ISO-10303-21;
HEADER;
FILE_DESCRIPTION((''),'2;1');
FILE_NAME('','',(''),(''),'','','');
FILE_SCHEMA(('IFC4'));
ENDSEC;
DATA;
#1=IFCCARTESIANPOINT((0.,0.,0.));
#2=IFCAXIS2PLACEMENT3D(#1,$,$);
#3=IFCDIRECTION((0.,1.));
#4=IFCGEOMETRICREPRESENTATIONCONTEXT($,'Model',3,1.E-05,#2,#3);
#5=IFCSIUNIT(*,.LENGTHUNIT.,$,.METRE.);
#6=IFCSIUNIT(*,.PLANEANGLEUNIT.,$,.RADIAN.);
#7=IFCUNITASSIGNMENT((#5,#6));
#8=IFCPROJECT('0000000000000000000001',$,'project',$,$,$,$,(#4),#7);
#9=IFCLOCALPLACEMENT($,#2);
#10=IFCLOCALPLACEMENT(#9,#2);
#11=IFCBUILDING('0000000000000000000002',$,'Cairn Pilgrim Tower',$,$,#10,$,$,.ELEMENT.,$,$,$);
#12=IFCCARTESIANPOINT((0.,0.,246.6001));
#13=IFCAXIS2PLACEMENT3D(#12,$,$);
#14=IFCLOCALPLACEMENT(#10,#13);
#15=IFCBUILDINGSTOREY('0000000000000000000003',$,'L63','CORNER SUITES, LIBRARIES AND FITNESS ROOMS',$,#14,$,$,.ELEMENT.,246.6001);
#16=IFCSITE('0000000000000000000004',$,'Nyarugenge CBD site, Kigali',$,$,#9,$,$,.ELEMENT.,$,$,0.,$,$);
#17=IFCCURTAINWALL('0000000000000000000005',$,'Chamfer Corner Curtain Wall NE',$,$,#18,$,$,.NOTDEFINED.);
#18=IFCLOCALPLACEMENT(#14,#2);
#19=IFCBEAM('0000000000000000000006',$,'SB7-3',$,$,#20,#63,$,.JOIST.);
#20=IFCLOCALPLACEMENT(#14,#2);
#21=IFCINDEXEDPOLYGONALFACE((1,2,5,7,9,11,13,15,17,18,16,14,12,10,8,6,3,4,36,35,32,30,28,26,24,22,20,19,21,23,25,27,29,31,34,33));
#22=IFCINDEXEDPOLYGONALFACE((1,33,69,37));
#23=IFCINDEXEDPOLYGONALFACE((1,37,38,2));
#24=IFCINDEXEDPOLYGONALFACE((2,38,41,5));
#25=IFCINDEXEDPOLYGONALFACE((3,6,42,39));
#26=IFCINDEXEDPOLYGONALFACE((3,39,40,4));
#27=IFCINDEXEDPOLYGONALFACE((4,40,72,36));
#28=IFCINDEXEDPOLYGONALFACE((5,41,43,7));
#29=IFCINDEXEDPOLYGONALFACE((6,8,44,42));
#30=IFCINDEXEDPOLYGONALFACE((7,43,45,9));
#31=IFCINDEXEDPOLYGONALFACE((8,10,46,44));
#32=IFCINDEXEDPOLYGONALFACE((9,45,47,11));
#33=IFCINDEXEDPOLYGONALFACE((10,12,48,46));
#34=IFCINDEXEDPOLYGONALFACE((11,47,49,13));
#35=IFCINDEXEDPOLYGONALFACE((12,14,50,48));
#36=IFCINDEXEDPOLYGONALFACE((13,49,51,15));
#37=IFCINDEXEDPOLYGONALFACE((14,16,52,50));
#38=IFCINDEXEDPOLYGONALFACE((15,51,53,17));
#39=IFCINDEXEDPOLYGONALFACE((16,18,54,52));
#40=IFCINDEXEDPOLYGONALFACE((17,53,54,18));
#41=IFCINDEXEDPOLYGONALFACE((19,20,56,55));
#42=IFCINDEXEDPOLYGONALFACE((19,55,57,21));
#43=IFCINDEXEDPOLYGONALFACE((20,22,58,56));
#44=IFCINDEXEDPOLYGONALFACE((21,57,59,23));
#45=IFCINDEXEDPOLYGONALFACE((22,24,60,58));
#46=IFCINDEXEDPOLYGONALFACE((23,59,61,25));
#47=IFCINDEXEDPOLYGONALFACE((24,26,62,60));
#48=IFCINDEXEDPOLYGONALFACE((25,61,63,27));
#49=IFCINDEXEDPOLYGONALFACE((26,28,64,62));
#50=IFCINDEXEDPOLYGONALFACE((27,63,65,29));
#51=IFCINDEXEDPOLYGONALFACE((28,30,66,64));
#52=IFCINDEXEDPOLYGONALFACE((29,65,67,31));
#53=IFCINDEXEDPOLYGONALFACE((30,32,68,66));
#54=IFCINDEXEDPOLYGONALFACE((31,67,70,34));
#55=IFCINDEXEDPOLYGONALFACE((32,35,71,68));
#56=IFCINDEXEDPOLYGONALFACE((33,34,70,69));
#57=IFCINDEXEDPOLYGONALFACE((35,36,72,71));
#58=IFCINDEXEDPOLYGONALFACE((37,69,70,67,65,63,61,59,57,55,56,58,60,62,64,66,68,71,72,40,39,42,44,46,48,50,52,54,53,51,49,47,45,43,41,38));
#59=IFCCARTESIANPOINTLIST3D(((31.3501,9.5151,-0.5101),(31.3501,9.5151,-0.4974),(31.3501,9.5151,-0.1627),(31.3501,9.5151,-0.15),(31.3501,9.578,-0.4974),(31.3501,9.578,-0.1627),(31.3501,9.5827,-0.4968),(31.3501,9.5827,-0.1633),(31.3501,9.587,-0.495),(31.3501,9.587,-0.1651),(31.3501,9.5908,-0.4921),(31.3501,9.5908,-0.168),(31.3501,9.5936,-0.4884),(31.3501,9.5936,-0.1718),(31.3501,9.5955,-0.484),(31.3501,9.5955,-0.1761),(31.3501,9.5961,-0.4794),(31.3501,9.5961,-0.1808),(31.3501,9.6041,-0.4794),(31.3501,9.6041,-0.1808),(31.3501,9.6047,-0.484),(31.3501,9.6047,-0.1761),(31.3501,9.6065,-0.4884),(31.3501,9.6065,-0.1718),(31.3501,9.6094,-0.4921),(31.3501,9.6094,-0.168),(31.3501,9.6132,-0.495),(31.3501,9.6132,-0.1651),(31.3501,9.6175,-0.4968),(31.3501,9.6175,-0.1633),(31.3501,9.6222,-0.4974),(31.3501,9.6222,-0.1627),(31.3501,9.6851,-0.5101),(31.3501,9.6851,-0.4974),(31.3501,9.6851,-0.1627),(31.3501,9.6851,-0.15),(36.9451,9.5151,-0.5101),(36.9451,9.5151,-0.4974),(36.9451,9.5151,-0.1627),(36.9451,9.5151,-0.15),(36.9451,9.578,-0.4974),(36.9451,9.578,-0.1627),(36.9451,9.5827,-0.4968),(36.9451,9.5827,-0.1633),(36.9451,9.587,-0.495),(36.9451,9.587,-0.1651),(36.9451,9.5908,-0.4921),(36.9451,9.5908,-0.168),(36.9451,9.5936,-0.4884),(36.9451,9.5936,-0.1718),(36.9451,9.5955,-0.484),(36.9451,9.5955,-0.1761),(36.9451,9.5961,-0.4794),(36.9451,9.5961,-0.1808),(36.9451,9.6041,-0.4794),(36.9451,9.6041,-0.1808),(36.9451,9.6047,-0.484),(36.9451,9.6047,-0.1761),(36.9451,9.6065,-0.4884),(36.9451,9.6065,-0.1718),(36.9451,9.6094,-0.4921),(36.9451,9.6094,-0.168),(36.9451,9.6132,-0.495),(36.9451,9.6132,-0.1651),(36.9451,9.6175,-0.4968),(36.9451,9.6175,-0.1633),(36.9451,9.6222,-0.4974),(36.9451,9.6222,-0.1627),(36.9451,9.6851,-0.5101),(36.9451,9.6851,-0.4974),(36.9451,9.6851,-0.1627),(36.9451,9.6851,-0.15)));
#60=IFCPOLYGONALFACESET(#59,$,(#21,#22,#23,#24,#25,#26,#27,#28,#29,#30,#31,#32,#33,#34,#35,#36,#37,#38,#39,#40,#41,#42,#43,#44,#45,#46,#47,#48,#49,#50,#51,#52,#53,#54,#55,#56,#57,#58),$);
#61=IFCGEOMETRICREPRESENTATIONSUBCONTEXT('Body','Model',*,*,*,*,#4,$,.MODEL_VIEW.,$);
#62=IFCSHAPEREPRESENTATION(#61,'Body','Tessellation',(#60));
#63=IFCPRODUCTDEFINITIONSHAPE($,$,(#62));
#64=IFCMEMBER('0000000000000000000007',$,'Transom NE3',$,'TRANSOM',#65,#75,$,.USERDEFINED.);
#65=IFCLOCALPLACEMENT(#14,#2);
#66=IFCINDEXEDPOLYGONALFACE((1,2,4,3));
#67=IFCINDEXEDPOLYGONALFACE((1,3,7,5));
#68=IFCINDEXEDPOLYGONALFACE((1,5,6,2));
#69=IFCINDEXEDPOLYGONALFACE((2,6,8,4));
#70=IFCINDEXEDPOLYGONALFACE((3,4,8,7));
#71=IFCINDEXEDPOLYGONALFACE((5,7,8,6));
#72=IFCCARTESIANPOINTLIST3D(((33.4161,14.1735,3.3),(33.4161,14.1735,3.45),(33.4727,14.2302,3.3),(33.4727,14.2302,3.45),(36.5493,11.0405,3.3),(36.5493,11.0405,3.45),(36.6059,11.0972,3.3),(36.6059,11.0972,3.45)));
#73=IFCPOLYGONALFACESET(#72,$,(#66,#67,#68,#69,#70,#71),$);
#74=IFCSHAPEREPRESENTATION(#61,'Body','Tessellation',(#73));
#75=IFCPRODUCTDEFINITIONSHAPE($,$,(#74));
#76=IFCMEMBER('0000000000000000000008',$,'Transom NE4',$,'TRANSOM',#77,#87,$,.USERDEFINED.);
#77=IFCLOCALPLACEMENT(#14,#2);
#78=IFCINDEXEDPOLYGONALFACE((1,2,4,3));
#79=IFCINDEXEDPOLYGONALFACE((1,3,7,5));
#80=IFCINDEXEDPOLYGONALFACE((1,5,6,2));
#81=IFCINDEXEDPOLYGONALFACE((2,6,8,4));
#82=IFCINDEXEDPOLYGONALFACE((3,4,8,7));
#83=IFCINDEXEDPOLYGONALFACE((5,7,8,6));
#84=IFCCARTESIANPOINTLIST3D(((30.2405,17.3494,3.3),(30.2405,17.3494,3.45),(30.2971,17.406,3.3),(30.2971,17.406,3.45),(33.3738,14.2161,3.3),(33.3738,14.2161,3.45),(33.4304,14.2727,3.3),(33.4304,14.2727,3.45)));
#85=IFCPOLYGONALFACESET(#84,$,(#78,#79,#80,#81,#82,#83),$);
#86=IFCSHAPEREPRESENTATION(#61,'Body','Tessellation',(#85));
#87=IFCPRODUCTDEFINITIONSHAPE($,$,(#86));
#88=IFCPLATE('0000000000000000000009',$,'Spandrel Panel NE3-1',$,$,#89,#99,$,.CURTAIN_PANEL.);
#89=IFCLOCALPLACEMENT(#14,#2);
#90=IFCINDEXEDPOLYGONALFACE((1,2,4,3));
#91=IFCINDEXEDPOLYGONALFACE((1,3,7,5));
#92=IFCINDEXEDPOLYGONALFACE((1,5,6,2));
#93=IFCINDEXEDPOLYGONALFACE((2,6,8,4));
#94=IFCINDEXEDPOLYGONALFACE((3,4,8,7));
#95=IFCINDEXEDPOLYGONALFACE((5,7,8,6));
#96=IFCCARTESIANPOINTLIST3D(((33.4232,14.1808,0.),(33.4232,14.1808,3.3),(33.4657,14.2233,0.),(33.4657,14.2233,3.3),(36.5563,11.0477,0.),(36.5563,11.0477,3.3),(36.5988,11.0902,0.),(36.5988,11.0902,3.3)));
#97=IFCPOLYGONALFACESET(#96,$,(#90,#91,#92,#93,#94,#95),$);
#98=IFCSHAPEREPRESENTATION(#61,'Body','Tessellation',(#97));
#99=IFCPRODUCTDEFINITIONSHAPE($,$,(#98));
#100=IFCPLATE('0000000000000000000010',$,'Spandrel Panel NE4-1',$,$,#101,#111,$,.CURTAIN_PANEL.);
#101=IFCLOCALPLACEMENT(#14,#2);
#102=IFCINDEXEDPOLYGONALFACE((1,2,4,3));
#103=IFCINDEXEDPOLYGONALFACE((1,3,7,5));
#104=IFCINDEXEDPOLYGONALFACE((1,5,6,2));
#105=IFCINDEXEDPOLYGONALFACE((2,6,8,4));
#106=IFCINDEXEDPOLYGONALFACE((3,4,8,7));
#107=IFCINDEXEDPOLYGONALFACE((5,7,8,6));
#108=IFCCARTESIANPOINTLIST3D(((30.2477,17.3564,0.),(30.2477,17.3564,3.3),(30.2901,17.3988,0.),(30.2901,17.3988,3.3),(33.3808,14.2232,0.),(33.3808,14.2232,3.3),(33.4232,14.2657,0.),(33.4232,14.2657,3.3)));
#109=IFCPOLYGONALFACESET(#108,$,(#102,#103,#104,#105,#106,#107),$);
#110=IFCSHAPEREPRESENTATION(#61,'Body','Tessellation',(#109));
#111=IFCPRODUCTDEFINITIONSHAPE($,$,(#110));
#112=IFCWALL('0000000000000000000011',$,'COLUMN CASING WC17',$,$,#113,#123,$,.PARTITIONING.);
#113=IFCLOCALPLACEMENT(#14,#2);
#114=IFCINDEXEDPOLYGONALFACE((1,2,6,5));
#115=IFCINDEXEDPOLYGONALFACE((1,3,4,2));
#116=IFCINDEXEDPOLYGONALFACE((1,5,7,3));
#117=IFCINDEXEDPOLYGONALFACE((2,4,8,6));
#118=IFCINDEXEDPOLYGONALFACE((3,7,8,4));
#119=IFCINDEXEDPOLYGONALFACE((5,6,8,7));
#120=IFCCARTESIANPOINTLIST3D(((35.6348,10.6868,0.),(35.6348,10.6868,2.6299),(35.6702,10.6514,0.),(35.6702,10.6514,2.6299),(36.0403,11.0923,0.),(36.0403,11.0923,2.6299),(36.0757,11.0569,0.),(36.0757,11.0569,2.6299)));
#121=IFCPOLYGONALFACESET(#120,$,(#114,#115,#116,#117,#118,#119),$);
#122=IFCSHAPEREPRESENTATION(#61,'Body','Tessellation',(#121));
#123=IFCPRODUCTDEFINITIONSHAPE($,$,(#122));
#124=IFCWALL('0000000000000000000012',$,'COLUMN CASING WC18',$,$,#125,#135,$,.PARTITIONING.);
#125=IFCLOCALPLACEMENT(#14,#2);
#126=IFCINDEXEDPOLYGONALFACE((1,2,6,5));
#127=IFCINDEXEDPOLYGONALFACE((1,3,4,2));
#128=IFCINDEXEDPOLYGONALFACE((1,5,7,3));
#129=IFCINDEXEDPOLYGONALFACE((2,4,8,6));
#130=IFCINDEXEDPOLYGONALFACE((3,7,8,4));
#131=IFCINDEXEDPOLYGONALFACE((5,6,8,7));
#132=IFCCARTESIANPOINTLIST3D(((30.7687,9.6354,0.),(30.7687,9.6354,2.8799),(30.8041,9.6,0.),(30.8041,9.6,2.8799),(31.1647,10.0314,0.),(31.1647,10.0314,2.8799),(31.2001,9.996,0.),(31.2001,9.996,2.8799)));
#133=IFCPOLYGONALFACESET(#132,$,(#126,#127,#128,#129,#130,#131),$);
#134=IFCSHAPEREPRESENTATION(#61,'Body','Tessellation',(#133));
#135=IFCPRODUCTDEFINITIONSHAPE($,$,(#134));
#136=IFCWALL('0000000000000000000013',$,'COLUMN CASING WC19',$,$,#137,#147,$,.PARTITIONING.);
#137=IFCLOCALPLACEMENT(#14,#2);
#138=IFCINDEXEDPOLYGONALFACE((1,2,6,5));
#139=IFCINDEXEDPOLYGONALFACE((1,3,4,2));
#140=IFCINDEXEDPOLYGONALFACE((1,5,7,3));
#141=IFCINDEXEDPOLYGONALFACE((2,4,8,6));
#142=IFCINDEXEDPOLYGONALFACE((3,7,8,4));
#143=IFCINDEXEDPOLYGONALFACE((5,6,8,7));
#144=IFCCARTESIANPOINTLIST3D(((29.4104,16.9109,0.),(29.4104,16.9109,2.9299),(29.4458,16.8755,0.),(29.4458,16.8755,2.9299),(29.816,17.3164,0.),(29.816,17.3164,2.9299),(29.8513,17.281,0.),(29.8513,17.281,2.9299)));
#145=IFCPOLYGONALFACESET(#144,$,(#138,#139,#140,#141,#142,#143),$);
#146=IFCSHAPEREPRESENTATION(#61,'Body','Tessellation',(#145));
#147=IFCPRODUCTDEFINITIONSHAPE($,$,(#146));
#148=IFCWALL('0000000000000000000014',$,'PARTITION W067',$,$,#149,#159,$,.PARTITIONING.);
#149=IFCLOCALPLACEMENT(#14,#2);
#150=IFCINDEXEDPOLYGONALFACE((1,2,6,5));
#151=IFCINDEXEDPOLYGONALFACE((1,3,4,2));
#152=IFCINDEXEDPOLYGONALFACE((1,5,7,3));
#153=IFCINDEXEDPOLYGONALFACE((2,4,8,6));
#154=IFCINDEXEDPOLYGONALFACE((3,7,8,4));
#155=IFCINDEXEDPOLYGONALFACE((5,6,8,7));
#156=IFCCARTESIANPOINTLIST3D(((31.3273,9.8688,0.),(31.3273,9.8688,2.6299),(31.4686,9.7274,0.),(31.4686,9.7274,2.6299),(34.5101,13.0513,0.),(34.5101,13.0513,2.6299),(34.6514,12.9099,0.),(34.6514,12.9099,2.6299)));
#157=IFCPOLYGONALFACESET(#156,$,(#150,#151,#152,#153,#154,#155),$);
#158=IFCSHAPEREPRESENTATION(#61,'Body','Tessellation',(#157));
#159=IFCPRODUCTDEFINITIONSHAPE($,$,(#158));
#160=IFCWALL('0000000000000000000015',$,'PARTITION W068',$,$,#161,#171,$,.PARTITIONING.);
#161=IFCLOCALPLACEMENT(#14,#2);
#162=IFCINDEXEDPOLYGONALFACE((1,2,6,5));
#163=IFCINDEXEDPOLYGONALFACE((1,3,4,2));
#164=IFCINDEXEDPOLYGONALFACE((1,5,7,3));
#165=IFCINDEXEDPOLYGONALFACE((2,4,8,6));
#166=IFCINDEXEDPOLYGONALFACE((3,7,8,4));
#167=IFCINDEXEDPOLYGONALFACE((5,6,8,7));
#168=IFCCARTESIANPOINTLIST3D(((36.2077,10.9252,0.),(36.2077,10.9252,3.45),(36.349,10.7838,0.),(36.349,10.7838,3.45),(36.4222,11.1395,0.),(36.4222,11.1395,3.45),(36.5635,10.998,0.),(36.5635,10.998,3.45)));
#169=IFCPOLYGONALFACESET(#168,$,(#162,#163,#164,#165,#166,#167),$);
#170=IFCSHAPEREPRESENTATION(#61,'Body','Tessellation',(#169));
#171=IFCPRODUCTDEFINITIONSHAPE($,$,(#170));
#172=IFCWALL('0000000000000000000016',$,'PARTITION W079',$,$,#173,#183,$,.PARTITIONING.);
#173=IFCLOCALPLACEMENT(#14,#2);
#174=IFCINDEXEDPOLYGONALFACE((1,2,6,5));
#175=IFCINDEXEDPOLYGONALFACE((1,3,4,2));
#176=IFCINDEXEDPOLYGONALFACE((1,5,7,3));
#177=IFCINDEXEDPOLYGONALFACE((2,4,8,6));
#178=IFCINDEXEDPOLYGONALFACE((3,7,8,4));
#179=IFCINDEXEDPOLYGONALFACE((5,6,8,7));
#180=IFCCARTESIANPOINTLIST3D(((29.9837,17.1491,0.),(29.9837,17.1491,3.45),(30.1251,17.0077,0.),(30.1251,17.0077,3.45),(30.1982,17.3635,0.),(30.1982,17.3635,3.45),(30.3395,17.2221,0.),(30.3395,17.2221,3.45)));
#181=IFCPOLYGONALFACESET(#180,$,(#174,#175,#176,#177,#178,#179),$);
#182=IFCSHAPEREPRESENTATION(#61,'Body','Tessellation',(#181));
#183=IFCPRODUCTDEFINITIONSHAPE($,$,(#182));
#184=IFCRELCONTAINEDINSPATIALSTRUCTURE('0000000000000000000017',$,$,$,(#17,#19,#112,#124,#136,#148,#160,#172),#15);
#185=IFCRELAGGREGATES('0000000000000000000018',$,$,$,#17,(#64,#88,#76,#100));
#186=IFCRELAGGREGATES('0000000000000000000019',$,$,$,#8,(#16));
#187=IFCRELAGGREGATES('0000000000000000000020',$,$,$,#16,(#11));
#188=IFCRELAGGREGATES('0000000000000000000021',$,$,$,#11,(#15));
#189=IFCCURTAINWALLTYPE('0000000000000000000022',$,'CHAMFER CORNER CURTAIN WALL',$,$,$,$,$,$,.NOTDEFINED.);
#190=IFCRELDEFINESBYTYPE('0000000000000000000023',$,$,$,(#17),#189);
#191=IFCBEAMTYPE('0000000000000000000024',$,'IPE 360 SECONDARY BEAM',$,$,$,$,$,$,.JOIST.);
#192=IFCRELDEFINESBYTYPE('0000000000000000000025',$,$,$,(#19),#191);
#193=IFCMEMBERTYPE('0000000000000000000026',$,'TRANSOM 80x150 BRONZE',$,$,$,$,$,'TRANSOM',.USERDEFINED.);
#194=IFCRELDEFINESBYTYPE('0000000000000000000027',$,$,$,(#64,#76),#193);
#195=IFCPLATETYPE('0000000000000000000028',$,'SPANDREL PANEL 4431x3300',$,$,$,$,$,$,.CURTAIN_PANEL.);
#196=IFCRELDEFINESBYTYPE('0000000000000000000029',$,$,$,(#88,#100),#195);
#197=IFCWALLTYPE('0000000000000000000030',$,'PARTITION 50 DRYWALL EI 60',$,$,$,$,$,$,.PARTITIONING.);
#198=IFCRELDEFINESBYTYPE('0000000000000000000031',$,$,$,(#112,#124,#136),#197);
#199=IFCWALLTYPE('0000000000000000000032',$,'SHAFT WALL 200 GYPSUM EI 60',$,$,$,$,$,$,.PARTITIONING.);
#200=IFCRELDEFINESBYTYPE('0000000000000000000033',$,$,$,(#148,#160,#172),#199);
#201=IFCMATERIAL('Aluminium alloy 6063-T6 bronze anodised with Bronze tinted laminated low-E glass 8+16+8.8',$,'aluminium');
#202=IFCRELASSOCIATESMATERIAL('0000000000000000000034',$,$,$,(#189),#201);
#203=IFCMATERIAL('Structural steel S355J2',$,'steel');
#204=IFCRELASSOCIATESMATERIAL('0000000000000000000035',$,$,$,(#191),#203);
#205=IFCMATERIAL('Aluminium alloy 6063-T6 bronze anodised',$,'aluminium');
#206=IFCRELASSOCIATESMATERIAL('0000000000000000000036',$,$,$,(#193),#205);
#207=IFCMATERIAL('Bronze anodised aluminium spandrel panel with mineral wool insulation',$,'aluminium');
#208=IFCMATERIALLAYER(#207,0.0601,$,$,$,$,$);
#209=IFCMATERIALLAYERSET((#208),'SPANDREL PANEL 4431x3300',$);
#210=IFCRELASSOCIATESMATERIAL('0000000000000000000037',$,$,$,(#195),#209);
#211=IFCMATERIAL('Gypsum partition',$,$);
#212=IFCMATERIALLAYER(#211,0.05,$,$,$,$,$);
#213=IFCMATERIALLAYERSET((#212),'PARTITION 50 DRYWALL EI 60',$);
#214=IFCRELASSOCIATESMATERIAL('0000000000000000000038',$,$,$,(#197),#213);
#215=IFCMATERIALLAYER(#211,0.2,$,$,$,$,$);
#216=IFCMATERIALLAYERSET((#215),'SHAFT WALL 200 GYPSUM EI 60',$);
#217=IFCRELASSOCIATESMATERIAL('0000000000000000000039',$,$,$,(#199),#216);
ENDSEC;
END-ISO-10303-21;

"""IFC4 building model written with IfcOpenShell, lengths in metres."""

from ifc_helpers import new_model, si_unit, direction, frame, frame_2d, origin, origin_2d, place, context, subcontext, project, spatial, rectangle, i_section, extrude, material, layer, layer_set, material_profile, profile_set, type_object, element, aggregate, save


model = new_model("IFC4")

# Units and contexts
model_context = context("Model", 3, precision=1e-05, world=origin(), true_north=direction((0.0, 1.0)))
body_context = subcontext(model_context, "Body", "Model", "MODEL_VIEW")
ifc_project = project(units=[si_unit("LENGTHUNIT", "METRE"), si_unit("PLANEANGLEUNIT", "RADIAN")], contexts=[model_context])

# Site, building, storey
site_placement = place(None, origin())
site = spatial("IfcSite", under=ifc_project, at=site_placement, Name="Nyarugenge CBD site, Kigali", CompositionType="ELEMENT", RefElevation=0.0)
building_placement = place(site_placement, origin())
building = spatial("IfcBuilding", under=site, at=building_placement, Name="Cairn Pilgrim Tower", CompositionType="ELEMENT")
storey_placement = place(building_placement, frame((0.0, 0.0, 246.6001)))
storey = spatial("IfcBuildingStorey", under=building, at=storey_placement, Name="L63", Description="CORNER SUITES, LIBRARIES AND FITNESS ROOMS", CompositionType="ELEMENT", Elevation=246.6001)

# Shared definitions
ifc_material_1 = material(Name="Structural steel S355J2", Category="steel")

# Curtain wall
ifc_material_2 = material(Name="Aluminium alloy 6063-T6 bronze anodised with Bronze tinted laminated low-E glass 8+16+8.8", Category="aluminium")
curtain_wall_type = type_object("IfcCurtainWallType", Name="CHAMFER CORNER CURTAIN WALL", PredefinedType="NOTDEFINED", material=ifc_material_2)
curtain_wall_placement = place(storey_placement, origin())
curtain_wall = element("IfcCurtainWall", 1, at=curtain_wall_placement, inside=storey, type_object=curtain_wall_type, Name="Chamfer Corner Curtain Wall NE", PredefinedType="NOTDEFINED")
ifc_material_3 = material(Name="Aluminium alloy 6063-T6 bronze anodised", Category="aluminium")

# Beam
ifc_material_profile_1 = material_profile(ifc_material_1, i_section(OverallWidth=0.1699, OverallDepth=0.3601, WebThickness=0.0081, FlangeThickness=0.0127, FilletRadius=0.0181, at=origin_2d()), Name="IPE 360")
ifc_profile_set_1 = profile_set([ifc_material_profile_1], Name="Structural steel S355J2")
beam_type_1 = type_object("IfcBeamType", Name="IPE 360 SECONDARY BEAM", PredefinedType="JOIST", material=ifc_profile_set_1)
beam_1_placement = place(storey_placement, frame((31.3501, 9.6001, -0.3301), z_axis=(1.0, 0.0, 0.0), x_axis=(0.0, 1.0, 0.0)))
element("IfcBeam", 2, at=beam_1_placement, inside=storey, type_object=beam_type_1, Name="SB7-3", PredefinedType="JOIST", context=body_context, shape_type="SweptSolid", body=[
    extrude(i_section(OverallWidth=0.1699, OverallDepth=0.3601, WebThickness=0.0081, FlangeThickness=0.0127, FilletRadius=0.0181, at=origin_2d()), origin(), (0.0, 0.0, 1.0), 5.595),
])

# Members
ifc_material_profile_2 = material_profile(ifc_material_3, rectangle(XDim=0.0801, YDim=0.1499, at=origin_2d()), Name="TRANSOM 80x150 BRONZE")
ifc_profile_set_2 = profile_set([ifc_material_profile_2], Name="Aluminium alloy 6063-T6 bronze anodised")
member_type_1 = type_object("IfcMemberType", Name="TRANSOM 80x150 BRONZE", ElementType="TRANSOM", PredefinedType="USERDEFINED", material=ifc_profile_set_2)
member_1_placement = place(storey_placement, frame((36.5776, 11.0688, 3.375), z_axis=(-0.707134, 0.707079, 0.0), x_axis=(-0.707079, -0.707134, 0.0)))
member_1 = element("IfcMember", 3, at=member_1_placement, type_object=member_type_1, Name="Transom NE3", ObjectType="TRANSOM", PredefinedType="USERDEFINED", context=body_context, shape_type="SweptSolid", body=[
    extrude(rectangle(XDim=0.0801, YDim=0.1499, at=origin_2d()), origin(), (0.0, 0.0, 1.0), 4.4309),
])
member_2_placement = place(storey_placement, frame((33.4021, 14.2444, 3.375), z_axis=(-0.707107, 0.707107, 0.0), x_axis=(-0.707107, -0.707107, 0.0)))
member_2 = element("IfcMember", 4, at=member_2_placement, type_object=member_type_1, Name="Transom NE4", ObjectType="TRANSOM", PredefinedType="USERDEFINED", context=body_context, shape_type="SweptSolid", body=[
    extrude(rectangle(XDim=0.0801, YDim=0.1499, at=origin_2d()), origin(), (0.0, 0.0, 1.0), 4.4312),
])

# Plates
ifc_material_4 = material(Name="Bronze anodised aluminium spandrel panel with mineral wool insulation", Category="aluminium")
ifc_layer_1 = layer(ifc_material_4, 0.0601)
ifc_layer_set_1 = layer_set([ifc_layer_1], Name="SPANDREL PANEL 4431x3300")
plate_type = type_object("IfcPlateType", Name="SPANDREL PANEL 4431x3300", PredefinedType="CURTAIN_PANEL", material=ifc_layer_set_1)
plate_1_placement = place(storey_placement, frame((35.011, 12.6355, 0.0), z_axis=(0.0, 0.0, 1.0), x_axis=(-0.707107, 0.707107, 0.0)))
plate_1 = element("IfcPlate", 5, at=plate_1_placement, type_object=plate_type, Name="Spandrel Panel NE3-1", PredefinedType="CURTAIN_PANEL", context=body_context, shape_type="SweptSolid", body=[
    extrude(rectangle(XDim=4.4309, YDim=0.0601, at=origin_2d()), origin(), (0.0, 0.0, 1.0), 3.3),
])
plate_2_placement = place(storey_placement, frame((31.8354, 15.811, 0.0), z_axis=(0.0, 0.0, 1.0), x_axis=(-0.707107, 0.707107, 0.0)))
plate_2 = element("IfcPlate", 6, at=plate_2_placement, type_object=plate_type, Name="Spandrel Panel NE4-1", PredefinedType="CURTAIN_PANEL", context=body_context, shape_type="SweptSolid", body=[
    extrude(rectangle(XDim=4.4309, YDim=0.0601, at=origin_2d()), origin(), (0.0, 0.0, 1.0), 3.3),
])
aggregate(curtain_wall, [member_1, plate_1, member_2, plate_2])

# Walls
ifc_material_5 = material(Name="Gypsum partition")
ifc_layer_2 = layer(ifc_material_5, 0.05)
ifc_layer_set_2 = layer_set([ifc_layer_2], Name="PARTITION 50 DRYWALL EI 60")
wall_type_1 = type_object("IfcWallType", Name="PARTITION 50 DRYWALL EI 60", PredefinedType="PARTITIONING", material=ifc_layer_set_2)
wall_1_placement = place(storey_placement, frame((35.6526, 10.6692, 0.0), z_axis=(0.0, 0.0, 1.0), x_axis=(0.707107, 0.707107, 0.0)))
element("IfcWall", 7, at=wall_1_placement, inside=storey, type_object=wall_type_1, Name="COLUMN CASING WC17", PredefinedType="PARTITIONING", context=body_context, shape_type="SweptSolid", body=[
    extrude(rectangle(XDim=0.5735, YDim=0.05, at=frame_2d((0.2866, 0.0))), origin(), (0.0, 0.0, 1.0), 2.6299),
])
wall_2_placement = place(storey_placement, frame((30.7864, 9.6177, 0.0), z_axis=(0.0, 0.0, 1.0), x_axis=(0.707107, 0.707107, 0.0)))
element("IfcWall", 8, at=wall_2_placement, inside=storey, type_object=wall_type_1, Name="COLUMN CASING WC18", PredefinedType="PARTITIONING", context=body_context, shape_type="SweptSolid", body=[
    extrude(rectangle(XDim=0.5601, YDim=0.05, at=frame_2d((0.28, 0.0))), origin(), (0.0, 0.0, 1.0), 2.8799),
])
wall_3_placement = place(storey_placement, frame((29.4282, 16.8933, 0.0), z_axis=(0.0, 0.0, 1.0), x_axis=(0.707107, 0.707107, 0.0)))
element("IfcWall", 9, at=wall_3_placement, inside=storey, type_object=wall_type_1, Name="COLUMN CASING WC19", PredefinedType="PARTITIONING", context=body_context, shape_type="SweptSolid", body=[
    extrude(rectangle(XDim=0.5735, YDim=0.05, at=frame_2d((0.2866, 0.0))), origin(), (0.0, 0.0, 1.0), 2.9299),
])
ifc_layer_3 = layer(ifc_material_5, 0.2)
ifc_layer_set_3 = layer_set([ifc_layer_3], Name="SHAFT WALL 200 GYPSUM EI 60")
wall_type_2 = type_object("IfcWallType", Name="SHAFT WALL 200 GYPSUM EI 60", PredefinedType="PARTITIONING", material=ifc_layer_set_3)
wall_4_placement = place(storey_placement, frame((31.3979, 9.7981, 0.0), z_axis=(0.0, 0.0, 1.0), x_axis=(0.707134, 0.70708, 0.0)))
element("IfcWall", 10, at=wall_4_placement, inside=storey, type_object=wall_type_2, Name="PARTITION W067", PredefinedType="PARTITIONING", context=body_context, shape_type="SweptSolid", body=[
    extrude(rectangle(XDim=4.501, YDim=0.2, at=frame_2d((2.2505, 0.0))), origin(), (0.0, 0.0, 1.0), 2.6299),
])
for number, where, z_axis, x_axis, name in (
    (11, (36.2783, 10.8545, 0.0), (0.0, 0.0, 1.0), (0.707509, 0.706704, 0.0), "PARTITION W068"),
    (12, (30.0544, 17.0784, 0.0), (0.0, 0.0, 1.0), (0.707107, 0.707107, 0.0), "PARTITION W079"),
):
    element("IfcWall", number, at=place(storey_placement, frame(where, z_axis=z_axis, x_axis=x_axis)), inside=storey, type_object=wall_type_2, Name=name, PredefinedType="PARTITIONING", context=body_context, shape_type="SweptSolid", body=[
        extrude(rectangle(XDim=0.3032, YDim=0.2, at=frame_2d((0.1516, 0.0))), origin(), (0.0, 0.0, 1.0), 3.45),
    ])

save(model, "model.ifc")
